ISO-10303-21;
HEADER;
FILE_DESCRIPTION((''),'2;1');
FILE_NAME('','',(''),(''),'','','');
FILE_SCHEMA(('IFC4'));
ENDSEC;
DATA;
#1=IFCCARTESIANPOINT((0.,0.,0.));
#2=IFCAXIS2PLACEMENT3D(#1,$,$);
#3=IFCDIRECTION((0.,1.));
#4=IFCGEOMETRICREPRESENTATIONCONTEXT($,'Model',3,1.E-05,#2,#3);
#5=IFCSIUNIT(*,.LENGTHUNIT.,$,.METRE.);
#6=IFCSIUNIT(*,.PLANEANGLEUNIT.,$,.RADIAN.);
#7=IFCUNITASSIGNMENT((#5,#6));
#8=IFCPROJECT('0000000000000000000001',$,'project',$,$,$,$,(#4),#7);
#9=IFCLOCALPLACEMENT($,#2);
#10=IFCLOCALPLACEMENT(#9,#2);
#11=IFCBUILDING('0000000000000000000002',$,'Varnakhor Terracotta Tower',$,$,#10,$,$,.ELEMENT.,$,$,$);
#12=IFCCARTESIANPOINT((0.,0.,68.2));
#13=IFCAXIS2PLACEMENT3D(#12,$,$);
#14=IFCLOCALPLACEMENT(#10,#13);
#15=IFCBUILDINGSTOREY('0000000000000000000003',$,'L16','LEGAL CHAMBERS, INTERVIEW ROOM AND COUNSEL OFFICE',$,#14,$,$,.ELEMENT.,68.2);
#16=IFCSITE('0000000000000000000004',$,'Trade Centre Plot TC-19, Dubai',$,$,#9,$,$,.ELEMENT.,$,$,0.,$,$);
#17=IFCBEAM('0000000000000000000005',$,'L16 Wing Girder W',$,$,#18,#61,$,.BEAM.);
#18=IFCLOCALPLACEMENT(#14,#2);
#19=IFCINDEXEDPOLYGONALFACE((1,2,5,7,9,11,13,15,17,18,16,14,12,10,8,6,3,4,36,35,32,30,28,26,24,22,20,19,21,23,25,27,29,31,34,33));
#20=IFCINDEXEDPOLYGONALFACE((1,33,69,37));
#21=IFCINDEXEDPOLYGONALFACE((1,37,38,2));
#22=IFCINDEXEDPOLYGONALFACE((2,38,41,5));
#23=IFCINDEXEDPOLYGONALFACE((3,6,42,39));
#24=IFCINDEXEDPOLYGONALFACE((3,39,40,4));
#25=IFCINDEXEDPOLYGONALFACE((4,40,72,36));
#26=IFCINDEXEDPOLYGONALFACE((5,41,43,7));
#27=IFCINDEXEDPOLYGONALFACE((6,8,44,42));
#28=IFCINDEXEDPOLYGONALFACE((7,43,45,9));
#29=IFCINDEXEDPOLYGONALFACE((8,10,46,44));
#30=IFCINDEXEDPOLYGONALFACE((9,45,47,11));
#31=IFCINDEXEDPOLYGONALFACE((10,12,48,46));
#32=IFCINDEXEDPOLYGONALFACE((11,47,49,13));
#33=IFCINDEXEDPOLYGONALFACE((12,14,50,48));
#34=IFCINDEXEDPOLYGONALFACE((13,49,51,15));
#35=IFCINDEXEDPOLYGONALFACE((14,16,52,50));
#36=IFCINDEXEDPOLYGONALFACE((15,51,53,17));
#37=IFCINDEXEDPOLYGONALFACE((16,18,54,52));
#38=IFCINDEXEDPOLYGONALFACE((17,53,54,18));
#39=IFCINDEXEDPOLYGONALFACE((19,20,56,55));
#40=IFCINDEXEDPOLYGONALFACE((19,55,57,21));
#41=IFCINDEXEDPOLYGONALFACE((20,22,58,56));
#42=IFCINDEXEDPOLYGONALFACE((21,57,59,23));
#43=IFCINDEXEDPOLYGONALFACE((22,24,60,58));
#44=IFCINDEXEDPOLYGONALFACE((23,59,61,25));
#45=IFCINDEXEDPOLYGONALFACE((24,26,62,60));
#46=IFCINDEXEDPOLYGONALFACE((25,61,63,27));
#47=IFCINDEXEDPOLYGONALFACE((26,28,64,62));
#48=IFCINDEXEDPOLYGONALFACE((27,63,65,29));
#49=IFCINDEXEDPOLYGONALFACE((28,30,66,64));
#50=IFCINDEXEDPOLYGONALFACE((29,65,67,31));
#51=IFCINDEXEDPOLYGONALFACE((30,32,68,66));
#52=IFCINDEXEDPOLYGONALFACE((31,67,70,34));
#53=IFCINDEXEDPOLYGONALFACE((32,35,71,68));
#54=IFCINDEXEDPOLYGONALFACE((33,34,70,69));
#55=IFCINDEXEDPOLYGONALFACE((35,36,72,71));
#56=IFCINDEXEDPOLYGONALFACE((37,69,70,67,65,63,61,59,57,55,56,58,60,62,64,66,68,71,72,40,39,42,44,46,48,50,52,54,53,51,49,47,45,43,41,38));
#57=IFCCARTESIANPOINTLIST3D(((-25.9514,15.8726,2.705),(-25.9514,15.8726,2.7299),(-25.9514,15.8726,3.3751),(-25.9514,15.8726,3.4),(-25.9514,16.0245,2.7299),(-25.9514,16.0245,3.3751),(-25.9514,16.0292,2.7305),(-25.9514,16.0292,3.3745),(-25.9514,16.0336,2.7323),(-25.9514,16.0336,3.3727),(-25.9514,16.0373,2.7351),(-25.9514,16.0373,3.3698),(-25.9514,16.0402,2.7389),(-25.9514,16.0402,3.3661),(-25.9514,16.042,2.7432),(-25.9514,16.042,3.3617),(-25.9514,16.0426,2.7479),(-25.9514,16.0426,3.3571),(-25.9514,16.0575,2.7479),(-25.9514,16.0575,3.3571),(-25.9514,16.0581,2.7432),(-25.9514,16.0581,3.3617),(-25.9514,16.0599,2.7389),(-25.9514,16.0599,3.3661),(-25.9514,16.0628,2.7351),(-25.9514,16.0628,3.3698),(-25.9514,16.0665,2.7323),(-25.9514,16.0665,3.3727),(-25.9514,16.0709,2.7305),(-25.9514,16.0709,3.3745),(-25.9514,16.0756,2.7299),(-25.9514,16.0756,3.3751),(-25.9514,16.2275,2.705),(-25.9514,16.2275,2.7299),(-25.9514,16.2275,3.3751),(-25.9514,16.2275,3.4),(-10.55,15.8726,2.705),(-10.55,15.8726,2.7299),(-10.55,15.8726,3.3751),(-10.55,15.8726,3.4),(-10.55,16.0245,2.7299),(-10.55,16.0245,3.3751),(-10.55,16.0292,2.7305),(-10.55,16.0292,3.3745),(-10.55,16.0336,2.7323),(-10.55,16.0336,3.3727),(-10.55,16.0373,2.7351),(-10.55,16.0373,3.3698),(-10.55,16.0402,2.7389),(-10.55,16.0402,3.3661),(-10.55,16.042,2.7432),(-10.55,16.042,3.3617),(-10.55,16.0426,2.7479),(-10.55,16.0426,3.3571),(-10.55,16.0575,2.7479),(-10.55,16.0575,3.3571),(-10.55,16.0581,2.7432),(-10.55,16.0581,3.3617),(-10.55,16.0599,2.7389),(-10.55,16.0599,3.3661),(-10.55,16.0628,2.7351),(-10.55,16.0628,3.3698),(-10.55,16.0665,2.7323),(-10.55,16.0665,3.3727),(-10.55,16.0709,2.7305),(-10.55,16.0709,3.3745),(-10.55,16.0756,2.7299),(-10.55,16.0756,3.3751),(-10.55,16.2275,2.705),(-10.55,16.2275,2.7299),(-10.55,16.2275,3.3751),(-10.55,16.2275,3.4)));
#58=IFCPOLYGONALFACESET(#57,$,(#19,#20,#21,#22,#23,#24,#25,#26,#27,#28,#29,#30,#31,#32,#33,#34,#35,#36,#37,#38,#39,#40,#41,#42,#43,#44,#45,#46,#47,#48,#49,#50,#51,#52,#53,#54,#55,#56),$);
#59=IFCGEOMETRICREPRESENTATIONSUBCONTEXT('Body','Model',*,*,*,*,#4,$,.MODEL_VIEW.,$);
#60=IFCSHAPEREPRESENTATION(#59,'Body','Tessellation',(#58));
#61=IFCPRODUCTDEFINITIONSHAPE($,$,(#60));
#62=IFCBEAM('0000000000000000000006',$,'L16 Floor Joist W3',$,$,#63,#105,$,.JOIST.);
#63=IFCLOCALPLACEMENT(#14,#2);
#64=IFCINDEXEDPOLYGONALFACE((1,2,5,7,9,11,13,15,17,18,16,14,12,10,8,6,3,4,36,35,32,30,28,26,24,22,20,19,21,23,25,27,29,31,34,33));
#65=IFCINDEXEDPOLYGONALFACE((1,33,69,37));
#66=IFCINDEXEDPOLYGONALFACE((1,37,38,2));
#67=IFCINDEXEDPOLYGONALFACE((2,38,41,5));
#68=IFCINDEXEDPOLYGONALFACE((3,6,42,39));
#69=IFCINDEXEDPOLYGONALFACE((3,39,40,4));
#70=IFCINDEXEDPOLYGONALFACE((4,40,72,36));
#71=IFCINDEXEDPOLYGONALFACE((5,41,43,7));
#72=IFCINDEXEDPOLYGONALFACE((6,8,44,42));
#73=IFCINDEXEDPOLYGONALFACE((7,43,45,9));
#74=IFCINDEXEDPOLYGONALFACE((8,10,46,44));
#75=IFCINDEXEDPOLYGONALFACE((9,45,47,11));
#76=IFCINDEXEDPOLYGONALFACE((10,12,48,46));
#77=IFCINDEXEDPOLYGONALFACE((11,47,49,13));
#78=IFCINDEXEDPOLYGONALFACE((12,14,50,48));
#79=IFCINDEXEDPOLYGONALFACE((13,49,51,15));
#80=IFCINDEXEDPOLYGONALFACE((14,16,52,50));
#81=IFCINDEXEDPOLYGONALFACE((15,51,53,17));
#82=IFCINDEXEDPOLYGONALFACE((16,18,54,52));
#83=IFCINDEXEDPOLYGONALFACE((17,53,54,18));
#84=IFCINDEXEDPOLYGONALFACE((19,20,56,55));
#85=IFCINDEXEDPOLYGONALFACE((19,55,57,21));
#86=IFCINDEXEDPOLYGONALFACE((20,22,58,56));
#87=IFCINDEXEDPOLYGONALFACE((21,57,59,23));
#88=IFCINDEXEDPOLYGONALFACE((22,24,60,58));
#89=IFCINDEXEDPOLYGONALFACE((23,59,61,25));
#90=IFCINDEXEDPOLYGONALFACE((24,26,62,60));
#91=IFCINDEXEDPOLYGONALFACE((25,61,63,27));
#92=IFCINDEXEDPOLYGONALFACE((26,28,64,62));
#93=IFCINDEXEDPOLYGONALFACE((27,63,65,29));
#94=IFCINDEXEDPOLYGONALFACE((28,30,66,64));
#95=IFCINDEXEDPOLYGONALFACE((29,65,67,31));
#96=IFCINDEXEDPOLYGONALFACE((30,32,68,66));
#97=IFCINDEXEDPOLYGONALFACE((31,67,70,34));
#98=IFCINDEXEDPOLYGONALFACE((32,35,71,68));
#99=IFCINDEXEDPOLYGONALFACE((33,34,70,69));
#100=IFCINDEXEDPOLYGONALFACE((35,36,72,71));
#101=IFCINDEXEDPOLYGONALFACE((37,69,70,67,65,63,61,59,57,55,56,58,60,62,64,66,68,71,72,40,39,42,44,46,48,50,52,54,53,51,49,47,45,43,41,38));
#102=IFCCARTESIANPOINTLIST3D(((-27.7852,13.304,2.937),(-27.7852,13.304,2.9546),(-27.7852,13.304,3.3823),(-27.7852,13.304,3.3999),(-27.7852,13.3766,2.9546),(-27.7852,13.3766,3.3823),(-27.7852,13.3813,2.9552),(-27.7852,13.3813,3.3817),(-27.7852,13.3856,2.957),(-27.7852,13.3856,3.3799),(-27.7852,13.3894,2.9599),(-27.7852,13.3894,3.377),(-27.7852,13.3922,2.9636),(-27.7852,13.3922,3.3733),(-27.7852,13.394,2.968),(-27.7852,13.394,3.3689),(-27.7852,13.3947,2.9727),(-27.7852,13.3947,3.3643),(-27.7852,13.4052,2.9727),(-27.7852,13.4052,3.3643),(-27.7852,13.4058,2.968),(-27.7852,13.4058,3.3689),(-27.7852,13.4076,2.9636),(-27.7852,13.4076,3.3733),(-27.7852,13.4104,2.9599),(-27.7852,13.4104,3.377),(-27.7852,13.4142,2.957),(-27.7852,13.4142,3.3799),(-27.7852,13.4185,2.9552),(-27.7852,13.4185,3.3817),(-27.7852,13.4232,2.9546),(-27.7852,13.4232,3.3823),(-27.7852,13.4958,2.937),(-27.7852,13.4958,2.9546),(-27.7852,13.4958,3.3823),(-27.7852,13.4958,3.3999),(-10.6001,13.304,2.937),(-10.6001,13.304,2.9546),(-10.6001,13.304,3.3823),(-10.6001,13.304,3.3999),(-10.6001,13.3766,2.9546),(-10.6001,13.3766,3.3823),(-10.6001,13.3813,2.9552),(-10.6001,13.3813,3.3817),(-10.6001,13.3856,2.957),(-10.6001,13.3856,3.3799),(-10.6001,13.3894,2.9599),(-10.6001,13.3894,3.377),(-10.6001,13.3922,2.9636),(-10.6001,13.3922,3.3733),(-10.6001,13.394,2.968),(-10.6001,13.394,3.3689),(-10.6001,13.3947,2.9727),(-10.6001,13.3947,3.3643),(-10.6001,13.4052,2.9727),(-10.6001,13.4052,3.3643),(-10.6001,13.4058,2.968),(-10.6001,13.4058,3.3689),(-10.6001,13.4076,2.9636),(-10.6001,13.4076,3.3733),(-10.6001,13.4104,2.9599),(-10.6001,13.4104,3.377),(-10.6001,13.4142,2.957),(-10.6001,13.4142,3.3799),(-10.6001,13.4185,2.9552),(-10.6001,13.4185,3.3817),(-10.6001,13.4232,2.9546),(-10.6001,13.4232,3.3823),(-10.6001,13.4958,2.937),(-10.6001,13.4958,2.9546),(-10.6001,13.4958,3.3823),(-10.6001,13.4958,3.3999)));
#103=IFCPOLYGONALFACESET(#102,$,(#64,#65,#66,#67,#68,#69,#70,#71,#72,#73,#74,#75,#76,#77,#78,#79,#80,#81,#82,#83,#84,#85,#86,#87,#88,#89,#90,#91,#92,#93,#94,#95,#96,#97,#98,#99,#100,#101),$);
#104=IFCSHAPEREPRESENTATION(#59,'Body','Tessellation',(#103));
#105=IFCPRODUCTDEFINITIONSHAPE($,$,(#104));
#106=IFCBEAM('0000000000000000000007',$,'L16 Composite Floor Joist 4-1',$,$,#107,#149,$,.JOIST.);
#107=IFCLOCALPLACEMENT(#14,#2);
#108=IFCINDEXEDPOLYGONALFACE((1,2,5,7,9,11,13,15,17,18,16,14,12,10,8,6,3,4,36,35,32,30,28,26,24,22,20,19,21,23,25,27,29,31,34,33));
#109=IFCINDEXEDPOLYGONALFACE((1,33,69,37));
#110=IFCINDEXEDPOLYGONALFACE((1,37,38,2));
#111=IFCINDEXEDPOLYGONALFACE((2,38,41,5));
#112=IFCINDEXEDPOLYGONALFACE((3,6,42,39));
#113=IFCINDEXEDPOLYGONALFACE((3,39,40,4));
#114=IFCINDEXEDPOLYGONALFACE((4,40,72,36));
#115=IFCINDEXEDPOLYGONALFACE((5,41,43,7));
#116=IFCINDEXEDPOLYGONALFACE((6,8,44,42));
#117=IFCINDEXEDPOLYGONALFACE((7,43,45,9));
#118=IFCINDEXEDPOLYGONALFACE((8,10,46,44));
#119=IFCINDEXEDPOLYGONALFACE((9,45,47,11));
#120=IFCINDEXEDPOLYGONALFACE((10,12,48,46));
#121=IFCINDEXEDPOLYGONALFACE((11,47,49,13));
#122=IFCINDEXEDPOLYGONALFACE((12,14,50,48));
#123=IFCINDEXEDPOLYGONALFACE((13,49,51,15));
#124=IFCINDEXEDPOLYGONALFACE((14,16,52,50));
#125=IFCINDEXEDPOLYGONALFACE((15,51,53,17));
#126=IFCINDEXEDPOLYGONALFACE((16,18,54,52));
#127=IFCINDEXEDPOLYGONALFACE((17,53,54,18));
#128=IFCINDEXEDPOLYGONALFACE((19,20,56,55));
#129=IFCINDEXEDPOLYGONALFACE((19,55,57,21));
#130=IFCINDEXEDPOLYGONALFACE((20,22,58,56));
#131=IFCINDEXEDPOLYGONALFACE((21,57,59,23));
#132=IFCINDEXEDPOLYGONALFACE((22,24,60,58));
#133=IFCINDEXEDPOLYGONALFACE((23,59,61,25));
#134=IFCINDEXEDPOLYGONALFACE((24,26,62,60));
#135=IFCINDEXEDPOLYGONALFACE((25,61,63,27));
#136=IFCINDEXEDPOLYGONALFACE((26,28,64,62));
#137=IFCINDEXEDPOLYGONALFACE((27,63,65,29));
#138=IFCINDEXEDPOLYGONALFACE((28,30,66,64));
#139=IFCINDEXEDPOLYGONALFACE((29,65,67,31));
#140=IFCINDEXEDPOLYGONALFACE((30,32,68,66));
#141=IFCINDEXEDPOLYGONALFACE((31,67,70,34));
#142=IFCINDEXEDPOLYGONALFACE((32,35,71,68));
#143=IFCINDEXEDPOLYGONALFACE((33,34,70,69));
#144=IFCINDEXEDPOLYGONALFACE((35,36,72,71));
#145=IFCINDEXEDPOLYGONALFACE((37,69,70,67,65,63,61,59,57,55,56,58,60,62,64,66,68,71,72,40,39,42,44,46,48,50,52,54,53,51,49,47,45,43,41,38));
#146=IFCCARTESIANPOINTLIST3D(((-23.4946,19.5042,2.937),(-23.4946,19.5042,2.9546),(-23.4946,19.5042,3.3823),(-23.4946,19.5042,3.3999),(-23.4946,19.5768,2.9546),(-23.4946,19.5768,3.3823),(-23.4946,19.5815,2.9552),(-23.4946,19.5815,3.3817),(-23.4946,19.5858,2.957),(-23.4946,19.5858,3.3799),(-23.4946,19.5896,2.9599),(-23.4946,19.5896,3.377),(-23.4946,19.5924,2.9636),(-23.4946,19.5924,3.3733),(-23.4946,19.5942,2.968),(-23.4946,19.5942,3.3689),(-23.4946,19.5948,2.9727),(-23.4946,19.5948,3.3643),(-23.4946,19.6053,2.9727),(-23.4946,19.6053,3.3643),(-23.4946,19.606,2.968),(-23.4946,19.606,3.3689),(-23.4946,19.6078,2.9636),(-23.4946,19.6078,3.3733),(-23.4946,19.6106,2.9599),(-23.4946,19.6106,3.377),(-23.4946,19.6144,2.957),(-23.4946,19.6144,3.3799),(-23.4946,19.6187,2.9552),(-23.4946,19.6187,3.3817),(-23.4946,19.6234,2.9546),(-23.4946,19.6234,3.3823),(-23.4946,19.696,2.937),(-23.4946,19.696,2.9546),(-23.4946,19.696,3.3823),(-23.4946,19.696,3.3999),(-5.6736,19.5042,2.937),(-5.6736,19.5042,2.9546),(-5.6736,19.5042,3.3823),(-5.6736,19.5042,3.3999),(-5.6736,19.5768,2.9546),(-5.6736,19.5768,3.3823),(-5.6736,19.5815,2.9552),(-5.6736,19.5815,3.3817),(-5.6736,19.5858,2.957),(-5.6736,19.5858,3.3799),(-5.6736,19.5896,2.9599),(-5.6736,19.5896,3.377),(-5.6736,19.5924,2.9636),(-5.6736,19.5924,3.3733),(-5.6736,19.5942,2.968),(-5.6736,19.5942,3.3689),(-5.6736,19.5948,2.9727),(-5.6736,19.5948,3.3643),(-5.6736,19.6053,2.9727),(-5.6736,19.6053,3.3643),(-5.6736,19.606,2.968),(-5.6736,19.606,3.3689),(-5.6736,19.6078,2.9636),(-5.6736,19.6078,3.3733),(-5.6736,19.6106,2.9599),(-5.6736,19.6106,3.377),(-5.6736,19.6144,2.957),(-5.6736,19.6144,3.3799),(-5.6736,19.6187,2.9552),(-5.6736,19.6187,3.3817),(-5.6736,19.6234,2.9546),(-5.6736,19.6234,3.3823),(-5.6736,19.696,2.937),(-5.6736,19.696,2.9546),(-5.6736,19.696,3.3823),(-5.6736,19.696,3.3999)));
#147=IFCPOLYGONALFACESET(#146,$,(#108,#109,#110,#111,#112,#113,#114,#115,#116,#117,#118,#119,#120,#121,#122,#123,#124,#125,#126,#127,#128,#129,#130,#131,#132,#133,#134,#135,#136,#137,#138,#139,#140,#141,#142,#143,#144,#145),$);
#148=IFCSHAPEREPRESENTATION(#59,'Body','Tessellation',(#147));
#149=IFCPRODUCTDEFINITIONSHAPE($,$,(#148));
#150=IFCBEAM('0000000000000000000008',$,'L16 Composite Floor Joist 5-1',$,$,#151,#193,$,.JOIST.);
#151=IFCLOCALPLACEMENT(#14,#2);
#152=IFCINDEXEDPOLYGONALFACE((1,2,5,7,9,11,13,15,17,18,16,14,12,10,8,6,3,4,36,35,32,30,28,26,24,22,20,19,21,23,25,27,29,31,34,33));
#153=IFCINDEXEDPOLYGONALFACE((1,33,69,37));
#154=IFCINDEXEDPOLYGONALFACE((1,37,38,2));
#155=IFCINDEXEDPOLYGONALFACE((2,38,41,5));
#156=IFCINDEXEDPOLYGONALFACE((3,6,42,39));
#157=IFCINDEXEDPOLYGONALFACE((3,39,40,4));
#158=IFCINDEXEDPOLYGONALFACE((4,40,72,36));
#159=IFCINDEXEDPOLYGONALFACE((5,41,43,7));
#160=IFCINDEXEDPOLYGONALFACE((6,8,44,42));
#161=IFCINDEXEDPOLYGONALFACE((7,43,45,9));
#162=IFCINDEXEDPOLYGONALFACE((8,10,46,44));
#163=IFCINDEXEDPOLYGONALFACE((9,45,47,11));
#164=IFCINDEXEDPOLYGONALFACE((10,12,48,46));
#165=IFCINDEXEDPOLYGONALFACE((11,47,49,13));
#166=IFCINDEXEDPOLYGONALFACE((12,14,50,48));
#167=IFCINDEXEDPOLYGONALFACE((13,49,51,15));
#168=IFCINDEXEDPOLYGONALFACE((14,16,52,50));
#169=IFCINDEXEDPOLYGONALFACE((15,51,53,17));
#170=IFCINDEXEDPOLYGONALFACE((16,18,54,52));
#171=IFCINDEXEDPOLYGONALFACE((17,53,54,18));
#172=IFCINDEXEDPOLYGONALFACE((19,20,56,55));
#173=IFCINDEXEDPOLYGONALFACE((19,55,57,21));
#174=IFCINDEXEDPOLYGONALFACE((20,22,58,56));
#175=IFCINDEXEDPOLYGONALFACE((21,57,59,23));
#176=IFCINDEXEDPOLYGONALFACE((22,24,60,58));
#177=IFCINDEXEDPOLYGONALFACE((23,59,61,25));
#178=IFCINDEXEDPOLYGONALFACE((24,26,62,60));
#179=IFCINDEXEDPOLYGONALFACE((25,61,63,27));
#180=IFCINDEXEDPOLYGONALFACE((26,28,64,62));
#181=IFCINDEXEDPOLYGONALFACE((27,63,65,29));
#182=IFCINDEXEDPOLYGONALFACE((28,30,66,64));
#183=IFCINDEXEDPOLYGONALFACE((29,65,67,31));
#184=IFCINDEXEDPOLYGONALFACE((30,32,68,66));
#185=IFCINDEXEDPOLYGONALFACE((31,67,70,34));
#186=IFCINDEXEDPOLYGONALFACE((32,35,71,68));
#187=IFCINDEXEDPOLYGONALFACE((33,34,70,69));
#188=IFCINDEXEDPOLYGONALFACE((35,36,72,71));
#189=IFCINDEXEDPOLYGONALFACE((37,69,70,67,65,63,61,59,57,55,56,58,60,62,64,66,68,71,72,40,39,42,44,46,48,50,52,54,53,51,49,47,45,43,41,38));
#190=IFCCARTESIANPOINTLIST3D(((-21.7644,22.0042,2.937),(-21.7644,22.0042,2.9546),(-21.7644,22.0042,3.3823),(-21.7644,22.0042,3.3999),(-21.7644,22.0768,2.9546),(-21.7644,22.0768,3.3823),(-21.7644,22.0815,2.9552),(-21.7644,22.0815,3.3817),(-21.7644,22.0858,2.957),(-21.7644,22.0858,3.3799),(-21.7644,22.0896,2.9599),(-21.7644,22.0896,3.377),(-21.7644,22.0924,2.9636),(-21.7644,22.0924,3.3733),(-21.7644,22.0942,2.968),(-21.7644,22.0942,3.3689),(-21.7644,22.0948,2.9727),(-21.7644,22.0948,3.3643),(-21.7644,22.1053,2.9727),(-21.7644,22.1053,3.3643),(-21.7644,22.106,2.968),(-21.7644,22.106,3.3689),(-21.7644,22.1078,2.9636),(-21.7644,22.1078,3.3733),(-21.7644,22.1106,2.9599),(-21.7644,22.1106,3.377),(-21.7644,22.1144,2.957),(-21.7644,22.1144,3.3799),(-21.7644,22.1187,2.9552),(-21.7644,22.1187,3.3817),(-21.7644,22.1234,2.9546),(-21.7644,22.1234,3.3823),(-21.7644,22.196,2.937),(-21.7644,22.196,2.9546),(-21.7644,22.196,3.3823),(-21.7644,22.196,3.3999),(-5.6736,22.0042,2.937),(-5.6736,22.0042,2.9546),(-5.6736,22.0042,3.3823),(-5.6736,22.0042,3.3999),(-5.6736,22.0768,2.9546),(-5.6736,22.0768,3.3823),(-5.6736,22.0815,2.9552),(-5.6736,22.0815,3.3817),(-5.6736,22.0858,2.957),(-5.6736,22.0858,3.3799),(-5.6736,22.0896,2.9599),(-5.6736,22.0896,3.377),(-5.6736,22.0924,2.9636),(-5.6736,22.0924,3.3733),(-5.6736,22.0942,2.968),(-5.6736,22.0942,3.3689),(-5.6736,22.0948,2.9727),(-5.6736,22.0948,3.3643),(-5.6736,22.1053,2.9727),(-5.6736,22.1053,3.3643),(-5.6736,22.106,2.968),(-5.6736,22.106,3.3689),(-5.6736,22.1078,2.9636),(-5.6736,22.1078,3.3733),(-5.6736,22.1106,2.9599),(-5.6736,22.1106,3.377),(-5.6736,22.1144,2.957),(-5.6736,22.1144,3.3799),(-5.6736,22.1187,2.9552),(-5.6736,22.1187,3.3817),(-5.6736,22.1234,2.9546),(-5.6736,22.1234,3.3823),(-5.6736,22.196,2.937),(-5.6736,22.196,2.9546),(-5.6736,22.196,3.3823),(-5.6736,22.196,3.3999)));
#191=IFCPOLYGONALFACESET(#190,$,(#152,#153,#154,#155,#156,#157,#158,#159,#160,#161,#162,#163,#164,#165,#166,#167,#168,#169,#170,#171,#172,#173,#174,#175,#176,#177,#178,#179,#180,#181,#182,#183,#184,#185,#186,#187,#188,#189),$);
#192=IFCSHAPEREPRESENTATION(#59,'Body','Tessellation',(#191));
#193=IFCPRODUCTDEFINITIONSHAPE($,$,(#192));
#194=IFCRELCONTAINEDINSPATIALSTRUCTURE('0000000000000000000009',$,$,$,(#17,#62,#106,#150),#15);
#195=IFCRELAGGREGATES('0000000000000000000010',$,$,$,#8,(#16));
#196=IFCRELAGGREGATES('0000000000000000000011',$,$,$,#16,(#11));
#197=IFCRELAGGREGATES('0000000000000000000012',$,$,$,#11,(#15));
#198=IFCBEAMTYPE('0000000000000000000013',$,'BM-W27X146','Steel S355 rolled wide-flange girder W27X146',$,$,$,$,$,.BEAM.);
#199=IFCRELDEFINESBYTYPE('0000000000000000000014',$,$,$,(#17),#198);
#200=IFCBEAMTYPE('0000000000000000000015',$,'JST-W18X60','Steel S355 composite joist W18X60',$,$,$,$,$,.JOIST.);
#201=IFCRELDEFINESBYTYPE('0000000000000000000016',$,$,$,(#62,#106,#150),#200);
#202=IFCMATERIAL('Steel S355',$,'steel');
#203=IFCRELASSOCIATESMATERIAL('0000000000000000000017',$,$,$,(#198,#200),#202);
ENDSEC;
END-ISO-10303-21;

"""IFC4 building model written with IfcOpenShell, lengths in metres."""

from ifc_helpers import new_model, si_unit, direction, frame, origin, origin_2d, place, context, subcontext, project, spatial, i_section, extrude, source, transform, mapped, material, material_profile, profile_set, type_object, element, save


model = new_model("IFC4")

# Units and contexts
model_context = context("Model", 3, precision=1e-05, world=origin(), true_north=direction((0.0, 1.0)))
body_context = subcontext(model_context, "Body", "Model", "MODEL_VIEW")
ifc_project = project(units=[si_unit("LENGTHUNIT", "METRE"), si_unit("PLANEANGLEUNIT", "RADIAN")], contexts=[model_context])

# Site, building, storey
site_placement = place(None, origin())
site = spatial("IfcSite", under=ifc_project, at=site_placement, Name="Trade Centre Plot TC-19, Dubai", CompositionType="ELEMENT", RefElevation=0.0)
building_placement = place(site_placement, origin())
building = spatial("IfcBuilding", under=site, at=building_placement, Name="Varnakhor Terracotta Tower", CompositionType="ELEMENT")
storey_placement = place(building_placement, frame((0.0, 0.0, 68.2)))
storey = spatial("IfcBuildingStorey", under=building, at=storey_placement, Name="L16", Description="LEGAL CHAMBERS, INTERVIEW ROOM AND COUNSEL OFFICE", CompositionType="ELEMENT", Elevation=68.2)

# Beams
ifc_material_1 = material(Name="Steel S355", Category="steel")
ifc_material_profile_1 = material_profile(ifc_material_1, i_section(OverallWidth=0.355, OverallDepth=0.6951, WebThickness=0.0149, FlangeThickness=0.0249, FilletRadius=0.0181, at=origin_2d()), Name="W27X146")
ifc_profile_set_1 = profile_set([ifc_material_profile_1], Name="Steel S355")
beam_type_1 = type_object("IfcBeamType", Name="BM-W27X146", Description="Steel S355 rolled wide-flange girder W27X146", PredefinedType="BEAM", material=ifc_profile_set_1)
shared_shape_1 = source(origin(), body_context, "Body", "SweptSolid", [
    extrude(i_section(OverallWidth=0.355, OverallDepth=0.6951, WebThickness=0.0149, FlangeThickness=0.0249, FilletRadius=0.0181, at=origin_2d()), origin(), (0.0, 0.0, 1.0), 15.4014),
])
beam_1_placement = place(storey_placement, frame((-25.9514, 16.05, 3.0525), z_axis=(1.0, 0.0, 0.0), x_axis=(0.0, 1.0, 0.0)))
element("IfcBeam", 1, at=beam_1_placement, inside=storey, type_object=beam_type_1, Name="L16 Wing Girder W", PredefinedType="BEAM", context=body_context, shape_type="MappedRepresentation", body=[
    mapped(shared_shape_1, transform((0.0, 0.0, 0.0), scale=1.0)),
])
ifc_material_profile_2 = material_profile(ifc_material_1, i_section(OverallWidth=0.1919, OverallDepth=0.4629, WebThickness=0.0105, FlangeThickness=0.0176, FilletRadius=0.0181, at=origin_2d()), Name="W18X60")
ifc_profile_set_2 = profile_set([ifc_material_profile_2], Name="Steel S355")
beam_type_2 = type_object("IfcBeamType", Name="JST-W18X60", Description="Steel S355 composite joist W18X60", PredefinedType="JOIST", material=ifc_profile_set_2)
shared_shape_2 = source(origin(), body_context, "Body", "SweptSolid", [
    extrude(i_section(OverallWidth=0.1919, OverallDepth=0.4629, WebThickness=0.0105, FlangeThickness=0.0176, FilletRadius=0.0181, at=origin_2d()), origin(), (0.0, 0.0, 1.0), 17.1851),
])
beam_2_placement = place(storey_placement, frame((-27.7852, 13.3999, 3.1685), z_axis=(1.0, 0.0, 0.0), x_axis=(0.0, 1.0, 0.0)))
element("IfcBeam", 2, at=beam_2_placement, inside=storey, type_object=beam_type_2, Name="L16 Floor Joist W3", PredefinedType="JOIST", context=body_context, shape_type="MappedRepresentation", body=[
    mapped(shared_shape_2, transform((0.0, 0.0, 0.0), scale=1.0)),
])
shared_shape_3 = source(origin(), body_context, "Body", "SweptSolid", [
    extrude(i_section(OverallWidth=0.1919, OverallDepth=0.4629, WebThickness=0.0105, FlangeThickness=0.0176, FilletRadius=0.0181, at=origin_2d()), origin(), (0.0, 0.0, 1.0), 17.821),
])
beam_3_placement = place(storey_placement, frame((-23.4946, 19.6001, 3.1685), z_axis=(1.0, 0.0, 0.0), x_axis=(0.0, 1.0, 0.0)))
element("IfcBeam", 3, at=beam_3_placement, inside=storey, type_object=beam_type_2, Name="L16 Composite Floor Joist 4-1", PredefinedType="JOIST", context=body_context, shape_type="MappedRepresentation", body=[
    mapped(shared_shape_3, transform((0.0, 0.0, 0.0), scale=1.0)),
])
shared_shape_4 = source(origin(), body_context, "Body", "SweptSolid", [
    extrude(i_section(OverallWidth=0.1919, OverallDepth=0.4629, WebThickness=0.0105, FlangeThickness=0.0176, FilletRadius=0.0181, at=origin_2d()), origin(), (0.0, 0.0, 1.0), 16.0908),
])
beam_4_placement = place(storey_placement, frame((-21.7644, 22.1001, 3.1685), z_axis=(1.0, 0.0, 0.0), x_axis=(0.0, 1.0, 0.0)))
element("IfcBeam", 4, at=beam_4_placement, inside=storey, type_object=beam_type_2, Name="L16 Composite Floor Joist 5-1", PredefinedType="JOIST", context=body_context, shape_type="MappedRepresentation", body=[
    mapped(shared_shape_4, transform((0.0, 0.0, 0.0), scale=1.0)),
])

save(model, "model.ifc")
